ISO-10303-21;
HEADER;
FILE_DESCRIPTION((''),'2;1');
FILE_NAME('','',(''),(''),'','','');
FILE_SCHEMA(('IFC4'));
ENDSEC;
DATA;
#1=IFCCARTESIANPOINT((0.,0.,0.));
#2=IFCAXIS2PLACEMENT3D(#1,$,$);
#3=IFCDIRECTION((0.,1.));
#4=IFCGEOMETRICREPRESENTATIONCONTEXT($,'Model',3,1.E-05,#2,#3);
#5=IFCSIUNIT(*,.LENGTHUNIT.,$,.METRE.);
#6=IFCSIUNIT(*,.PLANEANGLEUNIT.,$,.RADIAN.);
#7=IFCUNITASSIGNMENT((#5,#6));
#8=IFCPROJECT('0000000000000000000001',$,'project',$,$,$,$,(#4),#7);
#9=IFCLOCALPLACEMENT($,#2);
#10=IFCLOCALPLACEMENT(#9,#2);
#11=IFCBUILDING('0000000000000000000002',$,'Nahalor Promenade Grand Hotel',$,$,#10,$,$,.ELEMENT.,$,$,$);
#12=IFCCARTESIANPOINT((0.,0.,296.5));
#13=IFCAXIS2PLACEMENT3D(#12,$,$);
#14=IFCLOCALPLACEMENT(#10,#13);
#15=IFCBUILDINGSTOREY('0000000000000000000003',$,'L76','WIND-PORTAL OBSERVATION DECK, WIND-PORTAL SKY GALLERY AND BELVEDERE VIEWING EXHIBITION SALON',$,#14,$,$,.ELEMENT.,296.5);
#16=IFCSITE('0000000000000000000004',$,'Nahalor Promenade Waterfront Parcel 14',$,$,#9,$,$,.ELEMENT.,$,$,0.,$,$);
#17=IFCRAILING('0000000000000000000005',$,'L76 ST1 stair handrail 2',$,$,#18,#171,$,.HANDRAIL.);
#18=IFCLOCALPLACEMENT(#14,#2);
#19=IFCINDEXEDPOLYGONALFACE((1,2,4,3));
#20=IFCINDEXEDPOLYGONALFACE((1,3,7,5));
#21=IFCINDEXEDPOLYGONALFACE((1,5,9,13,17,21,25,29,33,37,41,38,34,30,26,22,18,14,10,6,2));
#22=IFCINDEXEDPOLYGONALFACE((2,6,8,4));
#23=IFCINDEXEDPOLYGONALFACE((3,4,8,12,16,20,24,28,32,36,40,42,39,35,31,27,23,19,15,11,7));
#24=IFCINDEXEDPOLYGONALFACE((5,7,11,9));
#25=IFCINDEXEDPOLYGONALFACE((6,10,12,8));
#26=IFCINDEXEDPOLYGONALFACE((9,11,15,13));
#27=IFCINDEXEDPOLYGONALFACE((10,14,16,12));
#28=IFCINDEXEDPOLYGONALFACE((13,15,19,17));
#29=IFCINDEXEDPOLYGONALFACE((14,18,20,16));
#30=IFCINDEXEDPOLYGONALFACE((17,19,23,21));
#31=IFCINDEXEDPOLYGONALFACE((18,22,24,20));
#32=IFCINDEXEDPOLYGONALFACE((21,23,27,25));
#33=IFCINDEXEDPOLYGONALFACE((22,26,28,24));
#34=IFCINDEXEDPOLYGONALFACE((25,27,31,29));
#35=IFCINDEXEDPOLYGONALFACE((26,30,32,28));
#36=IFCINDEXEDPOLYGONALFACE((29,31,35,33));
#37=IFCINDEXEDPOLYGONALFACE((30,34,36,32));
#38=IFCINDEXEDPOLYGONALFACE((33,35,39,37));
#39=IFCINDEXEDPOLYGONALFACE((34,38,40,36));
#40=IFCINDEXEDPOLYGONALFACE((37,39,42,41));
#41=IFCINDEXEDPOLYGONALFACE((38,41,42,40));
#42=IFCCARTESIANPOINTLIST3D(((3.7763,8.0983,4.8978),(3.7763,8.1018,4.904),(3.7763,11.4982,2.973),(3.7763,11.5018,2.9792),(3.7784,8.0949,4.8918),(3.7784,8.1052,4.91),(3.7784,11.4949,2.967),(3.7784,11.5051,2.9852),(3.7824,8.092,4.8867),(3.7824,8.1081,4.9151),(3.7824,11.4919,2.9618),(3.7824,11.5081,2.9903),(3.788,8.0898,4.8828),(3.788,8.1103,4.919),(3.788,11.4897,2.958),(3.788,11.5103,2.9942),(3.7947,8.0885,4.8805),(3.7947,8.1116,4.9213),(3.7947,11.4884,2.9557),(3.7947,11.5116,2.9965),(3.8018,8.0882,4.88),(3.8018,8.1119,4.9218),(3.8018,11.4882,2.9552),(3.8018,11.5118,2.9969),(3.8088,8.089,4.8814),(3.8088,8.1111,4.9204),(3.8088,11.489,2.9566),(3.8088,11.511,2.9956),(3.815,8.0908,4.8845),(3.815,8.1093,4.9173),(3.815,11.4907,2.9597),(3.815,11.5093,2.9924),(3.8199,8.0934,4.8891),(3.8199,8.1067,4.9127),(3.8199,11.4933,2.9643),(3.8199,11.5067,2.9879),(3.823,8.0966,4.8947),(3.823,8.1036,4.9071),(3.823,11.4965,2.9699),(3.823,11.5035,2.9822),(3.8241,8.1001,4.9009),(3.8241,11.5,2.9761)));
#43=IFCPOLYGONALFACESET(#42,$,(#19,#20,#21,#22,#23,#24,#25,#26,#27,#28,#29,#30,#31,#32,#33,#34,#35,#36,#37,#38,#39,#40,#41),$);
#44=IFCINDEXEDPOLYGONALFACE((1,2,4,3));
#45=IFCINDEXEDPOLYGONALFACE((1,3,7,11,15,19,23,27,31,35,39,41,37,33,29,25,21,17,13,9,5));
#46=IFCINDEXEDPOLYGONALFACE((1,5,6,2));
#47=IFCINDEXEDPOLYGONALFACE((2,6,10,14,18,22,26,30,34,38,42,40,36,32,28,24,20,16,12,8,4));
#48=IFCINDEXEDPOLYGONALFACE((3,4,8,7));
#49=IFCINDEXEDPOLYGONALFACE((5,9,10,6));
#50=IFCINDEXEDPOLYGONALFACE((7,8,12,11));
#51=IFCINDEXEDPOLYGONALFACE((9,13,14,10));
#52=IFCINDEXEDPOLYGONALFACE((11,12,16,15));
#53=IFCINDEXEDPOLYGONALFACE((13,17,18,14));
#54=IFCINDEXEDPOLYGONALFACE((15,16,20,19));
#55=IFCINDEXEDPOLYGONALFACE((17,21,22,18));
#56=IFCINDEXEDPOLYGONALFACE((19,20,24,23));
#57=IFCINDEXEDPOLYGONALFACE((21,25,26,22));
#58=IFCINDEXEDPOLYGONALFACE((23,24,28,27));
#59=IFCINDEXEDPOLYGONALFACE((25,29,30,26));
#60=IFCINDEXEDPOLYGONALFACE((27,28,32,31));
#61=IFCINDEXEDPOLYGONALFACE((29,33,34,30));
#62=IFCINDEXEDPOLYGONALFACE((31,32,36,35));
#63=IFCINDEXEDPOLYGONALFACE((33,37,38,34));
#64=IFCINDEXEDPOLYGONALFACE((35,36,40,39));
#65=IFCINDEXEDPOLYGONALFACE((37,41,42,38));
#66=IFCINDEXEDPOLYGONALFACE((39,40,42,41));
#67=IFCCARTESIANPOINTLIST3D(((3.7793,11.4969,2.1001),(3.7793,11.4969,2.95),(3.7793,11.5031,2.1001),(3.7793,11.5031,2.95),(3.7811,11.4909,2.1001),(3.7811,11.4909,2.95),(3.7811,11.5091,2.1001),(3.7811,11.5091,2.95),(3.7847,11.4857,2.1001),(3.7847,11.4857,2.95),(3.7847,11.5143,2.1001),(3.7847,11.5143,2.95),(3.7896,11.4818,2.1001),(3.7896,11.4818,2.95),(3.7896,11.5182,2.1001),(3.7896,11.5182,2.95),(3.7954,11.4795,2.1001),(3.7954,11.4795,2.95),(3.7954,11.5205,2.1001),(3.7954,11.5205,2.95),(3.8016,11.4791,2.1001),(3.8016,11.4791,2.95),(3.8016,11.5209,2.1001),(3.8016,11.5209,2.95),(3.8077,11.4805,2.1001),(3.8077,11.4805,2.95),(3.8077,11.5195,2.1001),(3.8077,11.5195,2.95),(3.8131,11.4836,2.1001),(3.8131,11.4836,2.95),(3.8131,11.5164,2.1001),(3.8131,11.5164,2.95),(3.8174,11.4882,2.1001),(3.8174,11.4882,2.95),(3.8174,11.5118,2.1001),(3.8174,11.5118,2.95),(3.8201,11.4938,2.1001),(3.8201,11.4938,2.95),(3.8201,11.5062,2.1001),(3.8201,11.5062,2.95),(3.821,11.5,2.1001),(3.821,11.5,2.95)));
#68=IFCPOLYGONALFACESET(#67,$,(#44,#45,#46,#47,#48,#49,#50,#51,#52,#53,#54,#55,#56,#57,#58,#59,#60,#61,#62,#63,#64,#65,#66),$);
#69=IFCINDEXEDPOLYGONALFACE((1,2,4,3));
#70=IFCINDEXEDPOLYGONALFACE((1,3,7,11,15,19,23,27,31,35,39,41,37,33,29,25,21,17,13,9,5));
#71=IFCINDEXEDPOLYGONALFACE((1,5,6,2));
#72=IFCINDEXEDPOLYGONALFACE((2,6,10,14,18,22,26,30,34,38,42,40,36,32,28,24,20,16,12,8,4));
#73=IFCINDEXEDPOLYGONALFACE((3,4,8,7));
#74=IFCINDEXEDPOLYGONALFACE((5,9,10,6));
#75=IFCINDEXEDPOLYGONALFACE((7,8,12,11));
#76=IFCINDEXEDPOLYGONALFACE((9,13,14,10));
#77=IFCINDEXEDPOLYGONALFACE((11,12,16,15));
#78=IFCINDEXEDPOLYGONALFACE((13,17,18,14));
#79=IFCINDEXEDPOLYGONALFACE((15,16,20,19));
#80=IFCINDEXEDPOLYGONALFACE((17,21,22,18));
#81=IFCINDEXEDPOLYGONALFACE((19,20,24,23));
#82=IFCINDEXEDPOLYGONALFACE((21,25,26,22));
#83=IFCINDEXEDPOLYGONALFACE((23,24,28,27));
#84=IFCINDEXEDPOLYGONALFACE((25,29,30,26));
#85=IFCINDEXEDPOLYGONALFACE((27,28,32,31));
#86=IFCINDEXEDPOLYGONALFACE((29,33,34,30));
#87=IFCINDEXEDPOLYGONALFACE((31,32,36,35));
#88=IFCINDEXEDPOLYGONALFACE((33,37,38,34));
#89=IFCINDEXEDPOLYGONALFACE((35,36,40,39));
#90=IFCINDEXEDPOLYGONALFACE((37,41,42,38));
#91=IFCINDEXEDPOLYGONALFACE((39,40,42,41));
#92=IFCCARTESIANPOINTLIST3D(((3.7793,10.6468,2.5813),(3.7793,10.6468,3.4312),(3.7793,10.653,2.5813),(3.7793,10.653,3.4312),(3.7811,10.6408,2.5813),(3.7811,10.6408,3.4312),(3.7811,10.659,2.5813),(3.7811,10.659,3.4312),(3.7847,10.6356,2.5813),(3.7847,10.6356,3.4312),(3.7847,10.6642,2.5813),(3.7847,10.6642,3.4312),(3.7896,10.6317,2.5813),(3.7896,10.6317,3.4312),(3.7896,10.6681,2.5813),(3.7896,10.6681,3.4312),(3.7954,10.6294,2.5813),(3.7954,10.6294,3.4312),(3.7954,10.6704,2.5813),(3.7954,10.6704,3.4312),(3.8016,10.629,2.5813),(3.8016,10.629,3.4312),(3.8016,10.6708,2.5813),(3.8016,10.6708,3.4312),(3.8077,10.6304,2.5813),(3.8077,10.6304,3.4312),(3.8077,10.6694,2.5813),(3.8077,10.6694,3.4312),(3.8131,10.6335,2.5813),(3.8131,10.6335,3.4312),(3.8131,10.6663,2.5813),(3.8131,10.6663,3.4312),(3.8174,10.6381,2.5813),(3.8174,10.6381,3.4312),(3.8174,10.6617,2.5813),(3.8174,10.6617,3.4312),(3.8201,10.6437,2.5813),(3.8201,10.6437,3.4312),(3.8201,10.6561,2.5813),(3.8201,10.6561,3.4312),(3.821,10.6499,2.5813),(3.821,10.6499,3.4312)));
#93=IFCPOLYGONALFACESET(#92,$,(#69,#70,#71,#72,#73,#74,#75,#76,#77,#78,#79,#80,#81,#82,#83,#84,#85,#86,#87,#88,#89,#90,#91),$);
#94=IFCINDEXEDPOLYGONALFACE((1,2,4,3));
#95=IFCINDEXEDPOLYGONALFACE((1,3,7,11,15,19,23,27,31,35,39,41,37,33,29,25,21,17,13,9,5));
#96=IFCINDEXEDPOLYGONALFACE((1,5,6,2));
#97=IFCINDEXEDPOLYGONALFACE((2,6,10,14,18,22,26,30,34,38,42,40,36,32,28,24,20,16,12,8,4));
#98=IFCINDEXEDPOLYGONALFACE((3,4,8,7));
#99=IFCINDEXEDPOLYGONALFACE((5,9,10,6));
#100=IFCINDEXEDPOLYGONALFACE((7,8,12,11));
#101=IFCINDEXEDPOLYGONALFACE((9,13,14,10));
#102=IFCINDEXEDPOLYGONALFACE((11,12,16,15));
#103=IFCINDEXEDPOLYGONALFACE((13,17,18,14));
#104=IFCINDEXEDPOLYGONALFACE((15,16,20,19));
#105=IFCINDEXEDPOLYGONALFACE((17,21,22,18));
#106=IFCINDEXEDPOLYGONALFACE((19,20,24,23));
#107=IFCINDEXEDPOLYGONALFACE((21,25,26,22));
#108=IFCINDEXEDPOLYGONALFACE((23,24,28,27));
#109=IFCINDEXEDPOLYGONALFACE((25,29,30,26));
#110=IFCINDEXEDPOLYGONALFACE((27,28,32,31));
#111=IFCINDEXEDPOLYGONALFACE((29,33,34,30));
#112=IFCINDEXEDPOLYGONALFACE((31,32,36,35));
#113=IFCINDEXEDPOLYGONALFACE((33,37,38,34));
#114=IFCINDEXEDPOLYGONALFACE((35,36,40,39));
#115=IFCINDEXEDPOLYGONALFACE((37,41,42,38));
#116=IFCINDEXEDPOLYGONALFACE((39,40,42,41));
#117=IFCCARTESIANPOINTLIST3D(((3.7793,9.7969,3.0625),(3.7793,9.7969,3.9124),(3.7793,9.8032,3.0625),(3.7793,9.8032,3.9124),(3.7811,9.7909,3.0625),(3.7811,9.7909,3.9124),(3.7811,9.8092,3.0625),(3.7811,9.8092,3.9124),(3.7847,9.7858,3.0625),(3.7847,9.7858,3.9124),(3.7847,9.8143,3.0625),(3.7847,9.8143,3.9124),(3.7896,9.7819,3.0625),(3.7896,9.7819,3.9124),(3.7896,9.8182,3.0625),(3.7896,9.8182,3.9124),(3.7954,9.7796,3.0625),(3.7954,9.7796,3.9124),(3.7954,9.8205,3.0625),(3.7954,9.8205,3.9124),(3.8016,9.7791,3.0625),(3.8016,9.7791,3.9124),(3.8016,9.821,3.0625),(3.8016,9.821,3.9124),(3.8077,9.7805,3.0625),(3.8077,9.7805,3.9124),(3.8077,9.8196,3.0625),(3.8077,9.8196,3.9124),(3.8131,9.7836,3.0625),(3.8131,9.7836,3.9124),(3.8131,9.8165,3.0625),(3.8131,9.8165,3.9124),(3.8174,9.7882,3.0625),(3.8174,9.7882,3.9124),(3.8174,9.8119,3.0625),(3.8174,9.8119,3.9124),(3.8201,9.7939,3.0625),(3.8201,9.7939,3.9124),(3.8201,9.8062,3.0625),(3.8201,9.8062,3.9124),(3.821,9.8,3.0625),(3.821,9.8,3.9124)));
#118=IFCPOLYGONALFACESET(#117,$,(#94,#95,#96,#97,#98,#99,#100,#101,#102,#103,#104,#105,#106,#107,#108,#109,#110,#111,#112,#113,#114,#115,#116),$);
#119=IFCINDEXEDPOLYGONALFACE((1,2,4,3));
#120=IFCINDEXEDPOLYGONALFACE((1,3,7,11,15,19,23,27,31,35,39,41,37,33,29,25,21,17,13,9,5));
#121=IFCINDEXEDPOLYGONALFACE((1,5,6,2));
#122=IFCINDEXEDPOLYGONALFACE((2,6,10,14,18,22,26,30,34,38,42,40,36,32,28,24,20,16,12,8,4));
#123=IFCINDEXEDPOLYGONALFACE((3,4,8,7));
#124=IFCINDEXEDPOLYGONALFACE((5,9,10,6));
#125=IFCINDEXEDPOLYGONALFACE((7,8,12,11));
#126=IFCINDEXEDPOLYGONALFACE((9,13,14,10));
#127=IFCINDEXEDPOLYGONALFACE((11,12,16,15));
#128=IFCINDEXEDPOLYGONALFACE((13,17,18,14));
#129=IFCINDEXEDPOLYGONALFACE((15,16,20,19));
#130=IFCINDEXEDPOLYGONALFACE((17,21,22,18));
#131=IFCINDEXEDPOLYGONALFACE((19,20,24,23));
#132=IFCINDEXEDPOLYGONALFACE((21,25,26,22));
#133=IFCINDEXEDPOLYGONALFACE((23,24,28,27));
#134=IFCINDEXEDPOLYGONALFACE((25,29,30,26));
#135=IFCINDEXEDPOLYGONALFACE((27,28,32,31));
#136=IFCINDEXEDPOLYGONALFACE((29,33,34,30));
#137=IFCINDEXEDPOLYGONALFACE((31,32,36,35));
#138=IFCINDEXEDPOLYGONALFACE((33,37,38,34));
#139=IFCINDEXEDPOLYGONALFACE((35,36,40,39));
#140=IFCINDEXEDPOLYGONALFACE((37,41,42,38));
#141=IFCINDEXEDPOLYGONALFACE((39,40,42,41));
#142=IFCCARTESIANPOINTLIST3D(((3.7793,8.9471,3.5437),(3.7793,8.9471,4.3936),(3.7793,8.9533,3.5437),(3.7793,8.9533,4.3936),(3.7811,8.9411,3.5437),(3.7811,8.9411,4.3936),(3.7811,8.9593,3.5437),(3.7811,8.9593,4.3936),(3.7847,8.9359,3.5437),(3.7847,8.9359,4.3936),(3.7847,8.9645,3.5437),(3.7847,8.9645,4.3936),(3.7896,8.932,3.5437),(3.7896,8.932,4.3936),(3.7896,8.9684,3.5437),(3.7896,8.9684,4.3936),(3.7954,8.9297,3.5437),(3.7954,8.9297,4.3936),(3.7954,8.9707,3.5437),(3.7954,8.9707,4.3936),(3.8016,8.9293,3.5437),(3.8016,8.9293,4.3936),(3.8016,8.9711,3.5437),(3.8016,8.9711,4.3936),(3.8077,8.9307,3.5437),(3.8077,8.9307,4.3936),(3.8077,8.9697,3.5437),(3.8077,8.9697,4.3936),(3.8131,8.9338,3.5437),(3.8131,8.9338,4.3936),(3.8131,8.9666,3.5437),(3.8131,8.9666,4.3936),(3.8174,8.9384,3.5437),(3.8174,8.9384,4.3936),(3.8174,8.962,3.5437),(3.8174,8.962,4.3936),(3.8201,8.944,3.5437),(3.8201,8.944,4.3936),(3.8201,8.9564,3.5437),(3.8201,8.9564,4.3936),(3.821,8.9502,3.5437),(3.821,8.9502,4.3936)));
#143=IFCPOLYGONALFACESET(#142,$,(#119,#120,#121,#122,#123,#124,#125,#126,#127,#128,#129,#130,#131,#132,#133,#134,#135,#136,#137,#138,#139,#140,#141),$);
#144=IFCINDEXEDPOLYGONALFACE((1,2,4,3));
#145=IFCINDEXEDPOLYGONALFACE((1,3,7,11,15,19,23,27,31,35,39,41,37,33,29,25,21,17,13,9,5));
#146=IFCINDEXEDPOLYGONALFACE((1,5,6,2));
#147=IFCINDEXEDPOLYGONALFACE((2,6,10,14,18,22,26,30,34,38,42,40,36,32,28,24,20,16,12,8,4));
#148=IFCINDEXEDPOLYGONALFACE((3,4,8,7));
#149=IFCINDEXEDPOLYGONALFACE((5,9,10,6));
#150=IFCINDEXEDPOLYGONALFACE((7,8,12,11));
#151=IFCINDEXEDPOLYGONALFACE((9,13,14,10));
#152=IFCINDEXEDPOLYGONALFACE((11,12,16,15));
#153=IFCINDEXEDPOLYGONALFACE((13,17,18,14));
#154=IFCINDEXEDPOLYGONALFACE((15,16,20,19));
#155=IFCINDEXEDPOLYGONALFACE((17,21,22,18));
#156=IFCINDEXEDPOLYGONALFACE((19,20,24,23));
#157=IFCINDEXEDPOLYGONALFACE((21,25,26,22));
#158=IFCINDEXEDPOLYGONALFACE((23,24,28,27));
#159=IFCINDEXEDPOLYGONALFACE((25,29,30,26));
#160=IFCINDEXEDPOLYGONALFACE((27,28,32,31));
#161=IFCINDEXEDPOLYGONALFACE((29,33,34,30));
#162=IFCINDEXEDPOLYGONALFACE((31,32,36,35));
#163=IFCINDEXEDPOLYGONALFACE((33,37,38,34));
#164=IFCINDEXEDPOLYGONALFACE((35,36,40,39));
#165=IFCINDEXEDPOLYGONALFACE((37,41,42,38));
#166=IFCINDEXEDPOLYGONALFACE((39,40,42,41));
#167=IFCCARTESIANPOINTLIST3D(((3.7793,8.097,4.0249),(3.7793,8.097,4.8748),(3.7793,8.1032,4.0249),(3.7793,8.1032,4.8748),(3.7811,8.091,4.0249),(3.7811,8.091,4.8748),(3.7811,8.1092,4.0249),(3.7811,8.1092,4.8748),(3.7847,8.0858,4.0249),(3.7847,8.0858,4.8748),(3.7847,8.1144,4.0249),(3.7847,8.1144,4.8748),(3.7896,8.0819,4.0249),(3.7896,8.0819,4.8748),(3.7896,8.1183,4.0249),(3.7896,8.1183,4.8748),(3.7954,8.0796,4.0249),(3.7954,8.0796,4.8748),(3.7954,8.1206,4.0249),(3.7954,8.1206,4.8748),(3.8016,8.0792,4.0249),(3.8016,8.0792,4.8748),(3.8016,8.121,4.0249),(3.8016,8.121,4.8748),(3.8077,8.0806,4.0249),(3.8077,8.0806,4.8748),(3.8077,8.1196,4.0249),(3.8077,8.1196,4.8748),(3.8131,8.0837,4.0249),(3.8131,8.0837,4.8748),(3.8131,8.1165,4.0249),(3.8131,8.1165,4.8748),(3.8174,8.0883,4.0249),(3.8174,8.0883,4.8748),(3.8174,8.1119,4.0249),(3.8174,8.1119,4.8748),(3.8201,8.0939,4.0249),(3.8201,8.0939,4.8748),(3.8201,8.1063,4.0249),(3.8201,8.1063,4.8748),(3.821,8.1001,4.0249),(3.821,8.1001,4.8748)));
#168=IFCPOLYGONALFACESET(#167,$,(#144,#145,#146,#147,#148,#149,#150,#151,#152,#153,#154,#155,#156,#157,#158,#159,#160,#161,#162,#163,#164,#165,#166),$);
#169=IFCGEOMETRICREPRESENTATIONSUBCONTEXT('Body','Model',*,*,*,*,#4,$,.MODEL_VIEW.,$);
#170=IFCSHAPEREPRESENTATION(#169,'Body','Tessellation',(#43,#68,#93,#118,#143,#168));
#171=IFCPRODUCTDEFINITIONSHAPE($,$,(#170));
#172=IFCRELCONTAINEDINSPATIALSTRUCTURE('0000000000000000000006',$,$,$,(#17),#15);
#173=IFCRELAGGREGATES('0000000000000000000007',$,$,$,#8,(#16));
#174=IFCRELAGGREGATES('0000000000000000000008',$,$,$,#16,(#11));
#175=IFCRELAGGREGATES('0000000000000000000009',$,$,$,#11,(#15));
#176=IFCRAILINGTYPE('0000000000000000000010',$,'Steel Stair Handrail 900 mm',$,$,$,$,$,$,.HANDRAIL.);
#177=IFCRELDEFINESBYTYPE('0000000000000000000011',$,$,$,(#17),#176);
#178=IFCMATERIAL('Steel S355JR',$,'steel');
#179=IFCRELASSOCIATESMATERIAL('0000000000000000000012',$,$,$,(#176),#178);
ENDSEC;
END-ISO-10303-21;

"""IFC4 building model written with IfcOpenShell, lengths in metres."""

from ifc_helpers import new_model, si_unit, direction, frame, origin, origin_2d, place, context, subcontext, project, spatial, circle, extrude, material, type_object, element, save


model = new_model("IFC4")

# Units and contexts
model_context = context("Model", 3, precision=1e-05, world=origin(), true_north=direction((0.0, 1.0)))
body_context = subcontext(model_context, "Body", "Model", "MODEL_VIEW")
ifc_project = project(units=[si_unit("LENGTHUNIT", "METRE"), si_unit("PLANEANGLEUNIT", "RADIAN")], contexts=[model_context])

# Site, building, storey
site_placement = place(None, origin())
site = spatial("IfcSite", under=ifc_project, at=site_placement, Name="Nahalor Promenade Waterfront Parcel 14", CompositionType="ELEMENT", RefElevation=0.0)
building_placement = place(site_placement, origin())
building = spatial("IfcBuilding", under=site, at=building_placement, Name="Nahalor Promenade Grand Hotel", CompositionType="ELEMENT")
storey_placement = place(building_placement, frame((0.0, 0.0, 296.5)))
storey = spatial("IfcBuildingStorey", under=building, at=storey_placement, Name="L76", Description="WIND-PORTAL OBSERVATION DECK, WIND-PORTAL SKY GALLERY AND BELVEDERE VIEWING EXHIBITION SALON", CompositionType="ELEMENT", Elevation=296.5)

# Shared definitions
ifc_material_1 = material(Name="Steel S355JR", Category="steel")

# Railing
railing_type_1 = type_object("IfcRailingType", Name="Steel Stair Handrail 900 mm", PredefinedType="HANDRAIL", material=ifc_material_1)
railing_1_placement = place(storey_placement, frame((3.8, 11.5, 2.1001)))
element("IfcRailing", 1, at=railing_1_placement, inside=storey, type_object=railing_type_1, Name="L76 ST1 stair handrail 2", PredefinedType="HANDRAIL", context=body_context, shape_type="SweptSolid", body=[
    extrude(circle(Radius=0.024, at=origin_2d()), frame((0.0, 0.0, 0.876), z_axis=(0.0, -0.87022, 0.492663), x_axis=(1.0, 0.0, 0.0)), (0.0, 0.0, 1.0), 3.907),
    extrude(circle(Radius=0.021, at=origin_2d()), origin(), (0.0, 0.0, 1.0), 0.8499),
    extrude(circle(Radius=0.021, at=origin_2d()), frame((0.0, -0.8501, 0.4812)), (0.0, 0.0, 1.0), 0.8499),
    extrude(circle(Radius=0.021, at=origin_2d()), frame((0.0, -1.7, 0.9624)), (0.0, 0.0, 1.0), 0.8499),
    extrude(circle(Radius=0.021, at=origin_2d()), frame((0.0, -2.5498, 1.4436)), (0.0, 0.0, 1.0), 0.8499),
    extrude(circle(Radius=0.021, at=origin_2d()), frame((0.0, -3.3999, 1.9248)), (0.0, 0.0, 1.0), 0.8499),
])

save(model, "model.ifc")
